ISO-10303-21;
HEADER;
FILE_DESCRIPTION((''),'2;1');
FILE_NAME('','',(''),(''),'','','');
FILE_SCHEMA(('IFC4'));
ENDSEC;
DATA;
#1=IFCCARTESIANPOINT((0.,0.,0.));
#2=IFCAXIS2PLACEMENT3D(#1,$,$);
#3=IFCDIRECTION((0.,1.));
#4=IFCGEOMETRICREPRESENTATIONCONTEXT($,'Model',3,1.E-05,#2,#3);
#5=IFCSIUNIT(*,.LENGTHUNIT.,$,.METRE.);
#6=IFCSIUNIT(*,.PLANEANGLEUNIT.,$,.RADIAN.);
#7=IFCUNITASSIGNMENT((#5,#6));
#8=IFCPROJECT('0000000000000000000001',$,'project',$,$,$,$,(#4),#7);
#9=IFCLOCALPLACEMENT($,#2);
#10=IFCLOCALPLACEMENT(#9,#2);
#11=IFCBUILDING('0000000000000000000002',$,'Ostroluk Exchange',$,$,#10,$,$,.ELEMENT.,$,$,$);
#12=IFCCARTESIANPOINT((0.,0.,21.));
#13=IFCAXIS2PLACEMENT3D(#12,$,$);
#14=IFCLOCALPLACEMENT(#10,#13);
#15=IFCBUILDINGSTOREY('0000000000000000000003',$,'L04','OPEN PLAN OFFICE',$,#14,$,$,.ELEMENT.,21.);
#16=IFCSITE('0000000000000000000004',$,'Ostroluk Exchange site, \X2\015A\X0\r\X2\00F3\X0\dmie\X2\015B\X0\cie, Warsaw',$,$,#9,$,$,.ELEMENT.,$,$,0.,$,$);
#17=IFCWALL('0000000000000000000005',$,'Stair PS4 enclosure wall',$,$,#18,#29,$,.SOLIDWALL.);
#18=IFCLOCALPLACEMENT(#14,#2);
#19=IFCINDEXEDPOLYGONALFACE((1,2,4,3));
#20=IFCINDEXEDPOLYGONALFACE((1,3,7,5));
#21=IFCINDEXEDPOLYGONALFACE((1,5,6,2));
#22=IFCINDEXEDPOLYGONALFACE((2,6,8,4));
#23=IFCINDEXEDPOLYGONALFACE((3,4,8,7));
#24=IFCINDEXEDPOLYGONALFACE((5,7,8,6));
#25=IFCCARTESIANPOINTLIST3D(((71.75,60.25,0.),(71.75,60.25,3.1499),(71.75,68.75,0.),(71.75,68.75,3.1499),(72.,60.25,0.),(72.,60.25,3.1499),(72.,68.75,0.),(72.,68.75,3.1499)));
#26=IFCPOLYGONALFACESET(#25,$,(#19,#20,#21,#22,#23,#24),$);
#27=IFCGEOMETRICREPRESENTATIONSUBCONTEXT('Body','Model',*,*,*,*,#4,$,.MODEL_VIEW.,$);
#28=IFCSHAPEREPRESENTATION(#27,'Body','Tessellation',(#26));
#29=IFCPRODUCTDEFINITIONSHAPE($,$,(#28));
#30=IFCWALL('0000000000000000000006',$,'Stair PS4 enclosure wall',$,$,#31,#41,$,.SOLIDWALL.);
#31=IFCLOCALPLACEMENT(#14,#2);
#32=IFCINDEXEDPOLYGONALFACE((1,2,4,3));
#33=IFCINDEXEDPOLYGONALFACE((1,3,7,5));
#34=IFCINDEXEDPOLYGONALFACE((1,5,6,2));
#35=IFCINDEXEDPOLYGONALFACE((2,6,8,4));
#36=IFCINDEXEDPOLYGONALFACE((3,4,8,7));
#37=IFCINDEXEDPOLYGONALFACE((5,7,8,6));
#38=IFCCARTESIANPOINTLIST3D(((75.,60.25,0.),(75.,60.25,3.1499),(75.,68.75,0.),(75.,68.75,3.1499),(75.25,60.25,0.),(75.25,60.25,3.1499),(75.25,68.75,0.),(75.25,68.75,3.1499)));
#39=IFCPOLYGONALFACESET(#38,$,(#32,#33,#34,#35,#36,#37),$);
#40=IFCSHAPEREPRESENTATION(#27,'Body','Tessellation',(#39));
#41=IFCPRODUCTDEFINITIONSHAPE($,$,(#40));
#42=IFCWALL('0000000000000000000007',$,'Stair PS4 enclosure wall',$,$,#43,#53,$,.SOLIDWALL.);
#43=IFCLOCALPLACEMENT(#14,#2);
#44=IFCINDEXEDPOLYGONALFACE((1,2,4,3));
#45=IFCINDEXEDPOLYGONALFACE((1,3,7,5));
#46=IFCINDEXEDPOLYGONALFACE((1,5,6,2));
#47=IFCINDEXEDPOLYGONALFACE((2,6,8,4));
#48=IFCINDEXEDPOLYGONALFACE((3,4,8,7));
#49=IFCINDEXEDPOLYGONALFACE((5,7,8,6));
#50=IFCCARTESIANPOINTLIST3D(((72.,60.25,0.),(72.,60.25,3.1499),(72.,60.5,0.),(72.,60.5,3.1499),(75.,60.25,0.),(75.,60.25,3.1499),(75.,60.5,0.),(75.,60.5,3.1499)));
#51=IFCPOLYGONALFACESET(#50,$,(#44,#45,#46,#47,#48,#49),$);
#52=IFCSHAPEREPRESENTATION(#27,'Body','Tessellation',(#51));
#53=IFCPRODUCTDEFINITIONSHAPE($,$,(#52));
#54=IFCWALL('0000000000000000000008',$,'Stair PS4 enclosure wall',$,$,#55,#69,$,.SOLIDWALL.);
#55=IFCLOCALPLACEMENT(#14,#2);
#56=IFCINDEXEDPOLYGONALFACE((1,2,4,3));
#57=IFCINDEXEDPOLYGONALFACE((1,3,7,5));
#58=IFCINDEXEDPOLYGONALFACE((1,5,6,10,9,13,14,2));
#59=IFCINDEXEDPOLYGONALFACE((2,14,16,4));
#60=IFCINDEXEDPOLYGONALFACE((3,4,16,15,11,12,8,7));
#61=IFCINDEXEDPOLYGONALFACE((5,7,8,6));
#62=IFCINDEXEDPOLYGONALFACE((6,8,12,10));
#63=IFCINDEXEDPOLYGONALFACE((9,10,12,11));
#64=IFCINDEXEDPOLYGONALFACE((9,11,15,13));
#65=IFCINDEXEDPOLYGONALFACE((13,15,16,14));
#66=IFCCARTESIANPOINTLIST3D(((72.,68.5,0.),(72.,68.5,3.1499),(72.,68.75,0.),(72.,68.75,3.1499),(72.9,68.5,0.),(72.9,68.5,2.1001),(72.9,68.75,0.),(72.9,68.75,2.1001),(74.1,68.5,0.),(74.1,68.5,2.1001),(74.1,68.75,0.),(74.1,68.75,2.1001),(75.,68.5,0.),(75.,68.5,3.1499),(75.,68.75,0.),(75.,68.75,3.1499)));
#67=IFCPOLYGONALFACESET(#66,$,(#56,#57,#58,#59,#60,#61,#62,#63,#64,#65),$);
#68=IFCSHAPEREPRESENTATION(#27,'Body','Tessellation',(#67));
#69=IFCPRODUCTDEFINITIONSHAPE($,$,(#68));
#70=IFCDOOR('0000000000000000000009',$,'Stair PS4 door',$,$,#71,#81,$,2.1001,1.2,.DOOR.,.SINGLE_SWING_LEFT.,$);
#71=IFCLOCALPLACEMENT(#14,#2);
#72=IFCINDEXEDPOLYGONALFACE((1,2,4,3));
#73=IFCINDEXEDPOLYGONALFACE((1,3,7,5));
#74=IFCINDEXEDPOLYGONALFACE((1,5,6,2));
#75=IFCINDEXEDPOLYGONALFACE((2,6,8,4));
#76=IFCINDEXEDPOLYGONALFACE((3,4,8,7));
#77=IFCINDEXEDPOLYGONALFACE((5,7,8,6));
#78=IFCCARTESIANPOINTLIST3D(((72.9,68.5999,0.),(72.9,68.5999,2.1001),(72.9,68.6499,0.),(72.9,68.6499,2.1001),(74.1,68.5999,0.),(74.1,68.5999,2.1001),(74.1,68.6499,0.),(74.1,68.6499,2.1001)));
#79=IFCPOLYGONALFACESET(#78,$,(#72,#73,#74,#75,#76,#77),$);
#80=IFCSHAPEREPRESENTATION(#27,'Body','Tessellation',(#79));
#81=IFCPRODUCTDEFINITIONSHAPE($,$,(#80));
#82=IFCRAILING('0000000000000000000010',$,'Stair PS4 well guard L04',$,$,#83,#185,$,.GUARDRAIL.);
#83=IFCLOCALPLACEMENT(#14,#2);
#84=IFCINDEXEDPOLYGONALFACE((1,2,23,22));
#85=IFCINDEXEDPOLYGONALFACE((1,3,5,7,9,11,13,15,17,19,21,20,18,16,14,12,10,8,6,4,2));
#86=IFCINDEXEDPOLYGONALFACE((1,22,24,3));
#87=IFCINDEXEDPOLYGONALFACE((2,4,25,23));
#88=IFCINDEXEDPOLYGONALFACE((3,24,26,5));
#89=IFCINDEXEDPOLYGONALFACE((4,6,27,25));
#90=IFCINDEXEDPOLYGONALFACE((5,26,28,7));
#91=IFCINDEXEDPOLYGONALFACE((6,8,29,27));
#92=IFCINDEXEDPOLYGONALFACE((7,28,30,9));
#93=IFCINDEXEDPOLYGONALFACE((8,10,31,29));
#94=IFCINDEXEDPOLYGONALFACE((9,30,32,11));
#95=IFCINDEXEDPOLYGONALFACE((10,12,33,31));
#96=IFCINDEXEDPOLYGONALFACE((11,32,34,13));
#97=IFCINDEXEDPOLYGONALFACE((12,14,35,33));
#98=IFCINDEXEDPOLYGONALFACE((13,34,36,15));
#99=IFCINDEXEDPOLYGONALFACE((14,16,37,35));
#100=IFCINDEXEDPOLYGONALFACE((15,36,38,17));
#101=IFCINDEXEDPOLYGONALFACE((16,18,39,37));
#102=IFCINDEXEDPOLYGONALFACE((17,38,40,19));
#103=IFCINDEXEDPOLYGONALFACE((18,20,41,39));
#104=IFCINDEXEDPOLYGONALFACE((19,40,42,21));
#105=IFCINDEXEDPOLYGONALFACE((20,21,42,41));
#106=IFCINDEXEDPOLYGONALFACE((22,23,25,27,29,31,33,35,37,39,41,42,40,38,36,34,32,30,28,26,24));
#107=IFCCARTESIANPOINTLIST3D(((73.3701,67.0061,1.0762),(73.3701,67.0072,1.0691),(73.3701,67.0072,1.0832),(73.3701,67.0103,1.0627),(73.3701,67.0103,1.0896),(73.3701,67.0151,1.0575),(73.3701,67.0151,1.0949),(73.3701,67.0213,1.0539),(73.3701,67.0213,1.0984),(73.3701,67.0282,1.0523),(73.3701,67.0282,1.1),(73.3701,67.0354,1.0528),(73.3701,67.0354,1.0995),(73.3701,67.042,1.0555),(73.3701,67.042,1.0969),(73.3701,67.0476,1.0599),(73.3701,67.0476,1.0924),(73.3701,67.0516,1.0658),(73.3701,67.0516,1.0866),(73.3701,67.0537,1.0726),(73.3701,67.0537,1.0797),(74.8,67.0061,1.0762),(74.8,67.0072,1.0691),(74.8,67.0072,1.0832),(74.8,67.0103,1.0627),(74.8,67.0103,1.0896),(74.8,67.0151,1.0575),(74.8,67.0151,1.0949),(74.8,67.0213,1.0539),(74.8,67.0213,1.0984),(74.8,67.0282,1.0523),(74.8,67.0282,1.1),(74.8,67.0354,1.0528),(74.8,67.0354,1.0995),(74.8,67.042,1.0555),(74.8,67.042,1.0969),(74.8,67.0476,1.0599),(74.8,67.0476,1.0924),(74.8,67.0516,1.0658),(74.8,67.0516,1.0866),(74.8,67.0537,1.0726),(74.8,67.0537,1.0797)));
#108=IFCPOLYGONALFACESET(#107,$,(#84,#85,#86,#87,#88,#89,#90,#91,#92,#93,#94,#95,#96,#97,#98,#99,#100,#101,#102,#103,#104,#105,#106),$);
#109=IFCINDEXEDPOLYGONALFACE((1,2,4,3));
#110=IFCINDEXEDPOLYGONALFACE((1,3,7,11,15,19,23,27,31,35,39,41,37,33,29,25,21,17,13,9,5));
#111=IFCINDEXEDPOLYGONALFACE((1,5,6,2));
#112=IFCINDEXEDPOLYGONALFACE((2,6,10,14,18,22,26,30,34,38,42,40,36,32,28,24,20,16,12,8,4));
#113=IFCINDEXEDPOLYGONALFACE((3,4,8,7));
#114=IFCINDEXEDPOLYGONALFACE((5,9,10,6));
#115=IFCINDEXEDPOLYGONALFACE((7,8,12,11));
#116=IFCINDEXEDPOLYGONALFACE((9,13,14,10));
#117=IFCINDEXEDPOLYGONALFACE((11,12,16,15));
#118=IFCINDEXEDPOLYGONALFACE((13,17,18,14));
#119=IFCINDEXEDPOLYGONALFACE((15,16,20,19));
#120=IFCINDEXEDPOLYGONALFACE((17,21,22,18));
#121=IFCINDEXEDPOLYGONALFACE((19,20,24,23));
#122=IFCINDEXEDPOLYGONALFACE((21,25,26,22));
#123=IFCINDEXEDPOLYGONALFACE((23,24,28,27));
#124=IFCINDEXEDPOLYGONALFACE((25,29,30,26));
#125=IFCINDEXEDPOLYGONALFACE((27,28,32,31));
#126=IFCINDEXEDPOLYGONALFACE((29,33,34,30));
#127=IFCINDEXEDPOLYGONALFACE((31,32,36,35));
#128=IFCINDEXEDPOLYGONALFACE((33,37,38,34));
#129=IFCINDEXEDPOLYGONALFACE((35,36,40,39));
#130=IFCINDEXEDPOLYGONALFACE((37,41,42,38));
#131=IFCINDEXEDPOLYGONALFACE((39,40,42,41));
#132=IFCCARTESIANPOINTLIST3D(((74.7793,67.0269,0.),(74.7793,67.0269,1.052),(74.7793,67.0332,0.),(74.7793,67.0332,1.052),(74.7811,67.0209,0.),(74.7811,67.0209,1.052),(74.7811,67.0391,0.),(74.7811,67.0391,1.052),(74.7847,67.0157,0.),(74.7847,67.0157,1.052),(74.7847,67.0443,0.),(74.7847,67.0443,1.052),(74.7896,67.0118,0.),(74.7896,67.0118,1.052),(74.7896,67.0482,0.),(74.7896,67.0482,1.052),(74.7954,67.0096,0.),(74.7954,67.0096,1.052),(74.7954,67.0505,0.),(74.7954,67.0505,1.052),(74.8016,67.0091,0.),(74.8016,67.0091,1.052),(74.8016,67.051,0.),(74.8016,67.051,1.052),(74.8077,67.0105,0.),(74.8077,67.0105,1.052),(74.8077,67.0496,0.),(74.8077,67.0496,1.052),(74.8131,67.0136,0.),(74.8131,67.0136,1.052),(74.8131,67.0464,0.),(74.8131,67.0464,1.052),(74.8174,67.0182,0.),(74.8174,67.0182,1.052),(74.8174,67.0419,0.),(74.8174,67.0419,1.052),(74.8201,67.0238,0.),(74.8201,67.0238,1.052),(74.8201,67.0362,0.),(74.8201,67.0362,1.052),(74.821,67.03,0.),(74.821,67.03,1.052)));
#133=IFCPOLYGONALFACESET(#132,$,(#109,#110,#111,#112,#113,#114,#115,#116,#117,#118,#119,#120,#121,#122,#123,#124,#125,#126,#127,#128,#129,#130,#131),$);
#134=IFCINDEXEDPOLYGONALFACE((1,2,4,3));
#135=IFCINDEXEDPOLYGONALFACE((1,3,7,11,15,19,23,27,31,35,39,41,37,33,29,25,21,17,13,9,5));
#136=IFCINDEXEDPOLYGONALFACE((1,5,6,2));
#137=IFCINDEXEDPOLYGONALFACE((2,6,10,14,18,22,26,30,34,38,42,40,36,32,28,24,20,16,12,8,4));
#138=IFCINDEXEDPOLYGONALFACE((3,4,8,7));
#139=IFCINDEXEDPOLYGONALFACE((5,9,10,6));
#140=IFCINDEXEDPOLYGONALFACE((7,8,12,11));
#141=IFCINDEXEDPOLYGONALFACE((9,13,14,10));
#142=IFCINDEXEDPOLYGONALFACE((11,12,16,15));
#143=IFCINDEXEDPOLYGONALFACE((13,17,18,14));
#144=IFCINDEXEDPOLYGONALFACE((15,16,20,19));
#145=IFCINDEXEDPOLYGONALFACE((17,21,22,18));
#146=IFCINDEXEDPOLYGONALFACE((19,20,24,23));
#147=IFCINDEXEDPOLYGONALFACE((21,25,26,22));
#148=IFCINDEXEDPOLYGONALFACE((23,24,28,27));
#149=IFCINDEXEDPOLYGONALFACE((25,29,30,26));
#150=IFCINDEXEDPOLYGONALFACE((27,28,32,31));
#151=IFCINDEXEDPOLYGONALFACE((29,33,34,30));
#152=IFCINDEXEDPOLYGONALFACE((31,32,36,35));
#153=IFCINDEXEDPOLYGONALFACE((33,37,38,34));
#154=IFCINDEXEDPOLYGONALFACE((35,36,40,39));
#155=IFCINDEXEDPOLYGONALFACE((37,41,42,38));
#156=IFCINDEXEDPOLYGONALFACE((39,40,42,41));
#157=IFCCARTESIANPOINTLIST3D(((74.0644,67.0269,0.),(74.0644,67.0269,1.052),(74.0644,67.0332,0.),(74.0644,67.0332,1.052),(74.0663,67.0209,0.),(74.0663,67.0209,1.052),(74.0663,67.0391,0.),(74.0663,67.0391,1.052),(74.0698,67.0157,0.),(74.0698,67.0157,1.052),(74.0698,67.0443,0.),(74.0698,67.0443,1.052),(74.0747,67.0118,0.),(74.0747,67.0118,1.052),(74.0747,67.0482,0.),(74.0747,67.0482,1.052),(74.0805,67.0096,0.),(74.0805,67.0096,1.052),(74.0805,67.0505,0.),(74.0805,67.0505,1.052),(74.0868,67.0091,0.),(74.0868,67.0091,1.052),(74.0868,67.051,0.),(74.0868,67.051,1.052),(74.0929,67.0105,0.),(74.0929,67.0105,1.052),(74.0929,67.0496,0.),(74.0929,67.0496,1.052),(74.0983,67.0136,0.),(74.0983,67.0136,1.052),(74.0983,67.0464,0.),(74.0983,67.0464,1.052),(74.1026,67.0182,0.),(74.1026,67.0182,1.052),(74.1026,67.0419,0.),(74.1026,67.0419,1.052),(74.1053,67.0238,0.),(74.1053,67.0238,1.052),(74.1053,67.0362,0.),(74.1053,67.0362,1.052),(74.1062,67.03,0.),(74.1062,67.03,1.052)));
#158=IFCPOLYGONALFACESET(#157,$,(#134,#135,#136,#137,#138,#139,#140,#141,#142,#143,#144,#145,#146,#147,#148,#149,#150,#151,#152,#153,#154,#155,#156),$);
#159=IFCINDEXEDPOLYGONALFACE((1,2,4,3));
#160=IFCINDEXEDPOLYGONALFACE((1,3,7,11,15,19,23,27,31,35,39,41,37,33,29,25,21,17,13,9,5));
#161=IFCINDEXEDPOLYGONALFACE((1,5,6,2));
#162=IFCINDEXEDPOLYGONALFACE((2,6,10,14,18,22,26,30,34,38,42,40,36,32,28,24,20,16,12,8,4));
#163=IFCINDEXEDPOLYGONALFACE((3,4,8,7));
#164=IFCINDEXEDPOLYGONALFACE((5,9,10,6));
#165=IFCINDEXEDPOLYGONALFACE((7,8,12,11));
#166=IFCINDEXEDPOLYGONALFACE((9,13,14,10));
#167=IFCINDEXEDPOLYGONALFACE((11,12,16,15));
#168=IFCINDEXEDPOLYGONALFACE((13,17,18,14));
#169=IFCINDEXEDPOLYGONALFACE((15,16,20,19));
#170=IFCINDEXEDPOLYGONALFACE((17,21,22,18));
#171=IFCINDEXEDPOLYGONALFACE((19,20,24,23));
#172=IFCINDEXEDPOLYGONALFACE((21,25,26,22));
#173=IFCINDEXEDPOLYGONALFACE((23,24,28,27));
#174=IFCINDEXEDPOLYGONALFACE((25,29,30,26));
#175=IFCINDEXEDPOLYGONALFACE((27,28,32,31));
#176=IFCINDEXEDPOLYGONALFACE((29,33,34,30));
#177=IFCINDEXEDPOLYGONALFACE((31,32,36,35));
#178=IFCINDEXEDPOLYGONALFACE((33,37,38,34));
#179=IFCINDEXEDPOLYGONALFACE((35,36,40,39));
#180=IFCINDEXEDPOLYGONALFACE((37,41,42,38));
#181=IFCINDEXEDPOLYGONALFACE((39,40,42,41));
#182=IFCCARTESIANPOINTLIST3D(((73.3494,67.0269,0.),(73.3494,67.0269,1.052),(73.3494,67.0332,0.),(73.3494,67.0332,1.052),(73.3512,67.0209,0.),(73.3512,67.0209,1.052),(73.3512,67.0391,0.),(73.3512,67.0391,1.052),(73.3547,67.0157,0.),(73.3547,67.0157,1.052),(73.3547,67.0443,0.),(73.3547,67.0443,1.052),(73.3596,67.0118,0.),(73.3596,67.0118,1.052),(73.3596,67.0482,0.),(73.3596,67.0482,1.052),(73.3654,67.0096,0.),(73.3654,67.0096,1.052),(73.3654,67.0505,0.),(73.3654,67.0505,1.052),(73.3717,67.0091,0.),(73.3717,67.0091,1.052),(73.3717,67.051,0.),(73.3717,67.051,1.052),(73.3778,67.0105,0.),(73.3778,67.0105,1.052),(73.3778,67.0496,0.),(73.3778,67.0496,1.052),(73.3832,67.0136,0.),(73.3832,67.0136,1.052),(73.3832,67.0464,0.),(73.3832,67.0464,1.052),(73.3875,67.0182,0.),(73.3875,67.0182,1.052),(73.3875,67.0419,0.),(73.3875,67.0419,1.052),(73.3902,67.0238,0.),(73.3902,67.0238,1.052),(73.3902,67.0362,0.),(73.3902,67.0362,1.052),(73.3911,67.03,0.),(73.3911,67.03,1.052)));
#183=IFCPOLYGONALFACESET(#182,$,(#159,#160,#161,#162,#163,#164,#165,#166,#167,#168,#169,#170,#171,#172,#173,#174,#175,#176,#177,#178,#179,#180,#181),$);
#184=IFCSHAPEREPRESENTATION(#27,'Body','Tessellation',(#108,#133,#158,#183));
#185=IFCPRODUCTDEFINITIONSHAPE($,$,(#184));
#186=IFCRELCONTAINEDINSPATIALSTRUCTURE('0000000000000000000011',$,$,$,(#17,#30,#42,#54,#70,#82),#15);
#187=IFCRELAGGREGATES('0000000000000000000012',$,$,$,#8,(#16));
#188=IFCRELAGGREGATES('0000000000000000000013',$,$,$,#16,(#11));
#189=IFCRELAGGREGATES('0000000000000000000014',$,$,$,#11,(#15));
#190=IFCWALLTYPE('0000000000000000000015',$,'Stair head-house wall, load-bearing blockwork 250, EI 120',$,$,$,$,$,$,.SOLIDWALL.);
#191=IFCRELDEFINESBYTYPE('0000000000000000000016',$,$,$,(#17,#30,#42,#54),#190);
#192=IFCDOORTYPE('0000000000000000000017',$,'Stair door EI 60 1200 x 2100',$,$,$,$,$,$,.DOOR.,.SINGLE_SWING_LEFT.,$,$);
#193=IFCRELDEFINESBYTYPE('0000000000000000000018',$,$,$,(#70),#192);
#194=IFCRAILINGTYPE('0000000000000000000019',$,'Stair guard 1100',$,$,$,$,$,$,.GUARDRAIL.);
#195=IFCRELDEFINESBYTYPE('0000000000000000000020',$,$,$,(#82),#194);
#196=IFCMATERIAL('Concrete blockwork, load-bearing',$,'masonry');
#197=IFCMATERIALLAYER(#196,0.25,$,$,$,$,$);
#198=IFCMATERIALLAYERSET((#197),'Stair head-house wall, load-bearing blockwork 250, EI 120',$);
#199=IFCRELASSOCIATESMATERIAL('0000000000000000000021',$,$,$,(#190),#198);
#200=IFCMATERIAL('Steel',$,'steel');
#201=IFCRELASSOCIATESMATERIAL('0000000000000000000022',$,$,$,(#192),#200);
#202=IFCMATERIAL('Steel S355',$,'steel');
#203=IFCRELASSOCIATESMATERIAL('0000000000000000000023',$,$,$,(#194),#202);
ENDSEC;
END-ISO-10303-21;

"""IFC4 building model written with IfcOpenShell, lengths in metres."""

from ifc_helpers import new_model, si_unit, direction, frame, frame_2d, origin, origin_2d, place, context, subcontext, project, spatial, rectangle, circle, extrude, material, layer, layer_set, type_object, element, fill, save


model = new_model("IFC4")

# Units and contexts
model_context = context("Model", 3, precision=1e-05, world=origin(), true_north=direction((0.0, 1.0)))
body_context = subcontext(model_context, "Body", "Model", "MODEL_VIEW")
ifc_project = project(units=[si_unit("LENGTHUNIT", "METRE"), si_unit("PLANEANGLEUNIT", "RADIAN")], contexts=[model_context])

# Site, building, storey
site_placement = place(None, origin())
site = spatial("IfcSite", under=ifc_project, at=site_placement, Name="Ostroluk Exchange site, Śródmieście, Warsaw", CompositionType="ELEMENT", RefElevation=0.0)
building_placement = place(site_placement, origin())
building = spatial("IfcBuilding", under=site, at=building_placement, Name="Ostroluk Exchange", CompositionType="ELEMENT")
storey_placement = place(building_placement, frame((0.0, 0.0, 21.0)))
storey = spatial("IfcBuildingStorey", under=building, at=storey_placement, Name="L04", Description="OPEN PLAN OFFICE", CompositionType="ELEMENT", Elevation=21.0)

# Walls
ifc_material_1 = material(Name="Concrete blockwork, load-bearing", Category="masonry")
ifc_layer_1 = layer(ifc_material_1, 0.25)
ifc_layer_set_1 = layer_set([ifc_layer_1], Name="Stair head-house wall, load-bearing blockwork 250, EI 120")
wall_type_1 = type_object("IfcWallType", Name="Stair head-house wall, load-bearing blockwork 250, EI 120", PredefinedType="SOLIDWALL", material=ifc_layer_set_1)
for number, where, z_axis, x_axis, name in (
    (1, (71.875, 60.25, 0.0), (0.0, 0.0, 1.0), (0.0, 1.0, 0.0), "Stair PS4 enclosure wall"),
    (2, (75.125, 60.25, 0.0), (0.0, 0.0, 1.0), (0.0, 1.0, 0.0), "Stair PS4 enclosure wall"),
):
    element("IfcWall", number, at=place(storey_placement, frame(where, z_axis=z_axis, x_axis=x_axis)), inside=storey, type_object=wall_type_1, Name=name, PredefinedType="SOLIDWALL", context=body_context, shape_type="SweptSolid", body=[
        extrude(rectangle(XDim=8.5, YDim=0.25, at=frame_2d((4.25, 0.0))), origin(), (0.0, 0.0, 1.0), 3.1499),
    ])
wall_1_placement = place(storey_placement, frame((72.0, 60.375, 0.0), z_axis=(0.0, 0.0, 1.0), x_axis=(1.0, 0.0, 0.0)))
element("IfcWall", 3, at=wall_1_placement, inside=storey, type_object=wall_type_1, Name="Stair PS4 enclosure wall", PredefinedType="SOLIDWALL", context=body_context, shape_type="SweptSolid", body=[
    extrude(rectangle(XDim=3.0, YDim=0.25, at=frame_2d((1.5, 0.0))), origin(), (0.0, 0.0, 1.0), 3.1499),
])

# Wall, opening, door
wall_2_placement = place(storey_placement, frame((72.0, 68.625, 0.0), z_axis=(0.0, 0.0, 1.0), x_axis=(1.0, 0.0, 0.0)))
wall_2 = element("IfcWall", 4, at=wall_2_placement, inside=storey, type_object=wall_type_1, Name="Stair PS4 enclosure wall", PredefinedType="SOLIDWALL", context=body_context, shape_type="SweptSolid", body=[
    extrude(rectangle(XDim=3.0, YDim=0.25, at=frame_2d((1.5, 0.0))), origin(), (0.0, 0.0, 1.0), 3.1499),
])
opening_placement = place(wall_2_placement, frame((0.8999, 0.0, 0.0)))
opening = element("IfcOpeningElement", 5, at=opening_placement, cuts=wall_2, PredefinedType="OPENING", context=body_context, shape_type="SweptSolid", body=[
    extrude(rectangle(XDim=1.2, YDim=2.1001, at=frame_2d((0.6001, 1.05))), frame((0.0, 0.135, 0.0), z_axis=(0.0, -1.0, 0.0), x_axis=(1.0, 0.0, 0.0)), (0.0, 0.0, 1.0), 0.27),
])
ifc_material_2 = material(Name="Steel", Category="steel")
door_type = type_object("IfcDoorType", Name="Stair door EI 60 1200 x 2100", OperationType="SINGLE_SWING_LEFT", PredefinedType="DOOR", material=ifc_material_2)
door_placement = place(opening_placement, origin())
door = element("IfcDoor", 6, at=door_placement, inside=storey, type_object=door_type, Name="Stair PS4 door", OperationType="SINGLE_SWING_LEFT", OverallHeight=2.1001, OverallWidth=1.2, PredefinedType="DOOR", context=body_context, shape_type="SweptSolid", body=[
    extrude(rectangle(XDim=1.2, YDim=2.1001, at=frame_2d((0.6001, 1.05))), frame((0.0, 0.0249, 0.0), z_axis=(0.0, -1.0, 0.0), x_axis=(1.0, 0.0, 0.0)), (0.0, 0.0, 1.0), 0.05),
])
fill(opening, door)

# Railing
ifc_material_3 = material(Name="Steel S355", Category="steel")
railing_type = type_object("IfcRailingType", Name="Stair guard 1100", PredefinedType="GUARDRAIL", material=ifc_material_3)
railing_placement = place(storey_placement, frame((74.8, 67.03, 0.0)))
element("IfcRailing", 7, at=railing_placement, inside=storey, type_object=railing_type, Name="Stair PS4 well guard L04", PredefinedType="GUARDRAIL", context=body_context, shape_type="SweptSolid", body=[
    extrude(circle(Radius=0.0239, at=origin_2d()), frame((0.0, 0.0, 1.0762), z_axis=(-1.0, 0.0, 0.0), x_axis=(0.0, -1.0, 0.0)), (0.0, 0.0, 1.0), 1.4299),
    extrude(circle(Radius=0.021, at=origin_2d()), origin(), (0.0, 0.0, 1.0), 1.052),
    extrude(circle(Radius=0.021, at=origin_2d()), frame((-0.7148, 0.0, 0.0)), (0.0, 0.0, 1.0), 1.052),
    extrude(circle(Radius=0.021, at=origin_2d()), frame((-1.4299, 0.0, 0.0)), (0.0, 0.0, 1.0), 1.052),
])

save(model, "model.ifc")
